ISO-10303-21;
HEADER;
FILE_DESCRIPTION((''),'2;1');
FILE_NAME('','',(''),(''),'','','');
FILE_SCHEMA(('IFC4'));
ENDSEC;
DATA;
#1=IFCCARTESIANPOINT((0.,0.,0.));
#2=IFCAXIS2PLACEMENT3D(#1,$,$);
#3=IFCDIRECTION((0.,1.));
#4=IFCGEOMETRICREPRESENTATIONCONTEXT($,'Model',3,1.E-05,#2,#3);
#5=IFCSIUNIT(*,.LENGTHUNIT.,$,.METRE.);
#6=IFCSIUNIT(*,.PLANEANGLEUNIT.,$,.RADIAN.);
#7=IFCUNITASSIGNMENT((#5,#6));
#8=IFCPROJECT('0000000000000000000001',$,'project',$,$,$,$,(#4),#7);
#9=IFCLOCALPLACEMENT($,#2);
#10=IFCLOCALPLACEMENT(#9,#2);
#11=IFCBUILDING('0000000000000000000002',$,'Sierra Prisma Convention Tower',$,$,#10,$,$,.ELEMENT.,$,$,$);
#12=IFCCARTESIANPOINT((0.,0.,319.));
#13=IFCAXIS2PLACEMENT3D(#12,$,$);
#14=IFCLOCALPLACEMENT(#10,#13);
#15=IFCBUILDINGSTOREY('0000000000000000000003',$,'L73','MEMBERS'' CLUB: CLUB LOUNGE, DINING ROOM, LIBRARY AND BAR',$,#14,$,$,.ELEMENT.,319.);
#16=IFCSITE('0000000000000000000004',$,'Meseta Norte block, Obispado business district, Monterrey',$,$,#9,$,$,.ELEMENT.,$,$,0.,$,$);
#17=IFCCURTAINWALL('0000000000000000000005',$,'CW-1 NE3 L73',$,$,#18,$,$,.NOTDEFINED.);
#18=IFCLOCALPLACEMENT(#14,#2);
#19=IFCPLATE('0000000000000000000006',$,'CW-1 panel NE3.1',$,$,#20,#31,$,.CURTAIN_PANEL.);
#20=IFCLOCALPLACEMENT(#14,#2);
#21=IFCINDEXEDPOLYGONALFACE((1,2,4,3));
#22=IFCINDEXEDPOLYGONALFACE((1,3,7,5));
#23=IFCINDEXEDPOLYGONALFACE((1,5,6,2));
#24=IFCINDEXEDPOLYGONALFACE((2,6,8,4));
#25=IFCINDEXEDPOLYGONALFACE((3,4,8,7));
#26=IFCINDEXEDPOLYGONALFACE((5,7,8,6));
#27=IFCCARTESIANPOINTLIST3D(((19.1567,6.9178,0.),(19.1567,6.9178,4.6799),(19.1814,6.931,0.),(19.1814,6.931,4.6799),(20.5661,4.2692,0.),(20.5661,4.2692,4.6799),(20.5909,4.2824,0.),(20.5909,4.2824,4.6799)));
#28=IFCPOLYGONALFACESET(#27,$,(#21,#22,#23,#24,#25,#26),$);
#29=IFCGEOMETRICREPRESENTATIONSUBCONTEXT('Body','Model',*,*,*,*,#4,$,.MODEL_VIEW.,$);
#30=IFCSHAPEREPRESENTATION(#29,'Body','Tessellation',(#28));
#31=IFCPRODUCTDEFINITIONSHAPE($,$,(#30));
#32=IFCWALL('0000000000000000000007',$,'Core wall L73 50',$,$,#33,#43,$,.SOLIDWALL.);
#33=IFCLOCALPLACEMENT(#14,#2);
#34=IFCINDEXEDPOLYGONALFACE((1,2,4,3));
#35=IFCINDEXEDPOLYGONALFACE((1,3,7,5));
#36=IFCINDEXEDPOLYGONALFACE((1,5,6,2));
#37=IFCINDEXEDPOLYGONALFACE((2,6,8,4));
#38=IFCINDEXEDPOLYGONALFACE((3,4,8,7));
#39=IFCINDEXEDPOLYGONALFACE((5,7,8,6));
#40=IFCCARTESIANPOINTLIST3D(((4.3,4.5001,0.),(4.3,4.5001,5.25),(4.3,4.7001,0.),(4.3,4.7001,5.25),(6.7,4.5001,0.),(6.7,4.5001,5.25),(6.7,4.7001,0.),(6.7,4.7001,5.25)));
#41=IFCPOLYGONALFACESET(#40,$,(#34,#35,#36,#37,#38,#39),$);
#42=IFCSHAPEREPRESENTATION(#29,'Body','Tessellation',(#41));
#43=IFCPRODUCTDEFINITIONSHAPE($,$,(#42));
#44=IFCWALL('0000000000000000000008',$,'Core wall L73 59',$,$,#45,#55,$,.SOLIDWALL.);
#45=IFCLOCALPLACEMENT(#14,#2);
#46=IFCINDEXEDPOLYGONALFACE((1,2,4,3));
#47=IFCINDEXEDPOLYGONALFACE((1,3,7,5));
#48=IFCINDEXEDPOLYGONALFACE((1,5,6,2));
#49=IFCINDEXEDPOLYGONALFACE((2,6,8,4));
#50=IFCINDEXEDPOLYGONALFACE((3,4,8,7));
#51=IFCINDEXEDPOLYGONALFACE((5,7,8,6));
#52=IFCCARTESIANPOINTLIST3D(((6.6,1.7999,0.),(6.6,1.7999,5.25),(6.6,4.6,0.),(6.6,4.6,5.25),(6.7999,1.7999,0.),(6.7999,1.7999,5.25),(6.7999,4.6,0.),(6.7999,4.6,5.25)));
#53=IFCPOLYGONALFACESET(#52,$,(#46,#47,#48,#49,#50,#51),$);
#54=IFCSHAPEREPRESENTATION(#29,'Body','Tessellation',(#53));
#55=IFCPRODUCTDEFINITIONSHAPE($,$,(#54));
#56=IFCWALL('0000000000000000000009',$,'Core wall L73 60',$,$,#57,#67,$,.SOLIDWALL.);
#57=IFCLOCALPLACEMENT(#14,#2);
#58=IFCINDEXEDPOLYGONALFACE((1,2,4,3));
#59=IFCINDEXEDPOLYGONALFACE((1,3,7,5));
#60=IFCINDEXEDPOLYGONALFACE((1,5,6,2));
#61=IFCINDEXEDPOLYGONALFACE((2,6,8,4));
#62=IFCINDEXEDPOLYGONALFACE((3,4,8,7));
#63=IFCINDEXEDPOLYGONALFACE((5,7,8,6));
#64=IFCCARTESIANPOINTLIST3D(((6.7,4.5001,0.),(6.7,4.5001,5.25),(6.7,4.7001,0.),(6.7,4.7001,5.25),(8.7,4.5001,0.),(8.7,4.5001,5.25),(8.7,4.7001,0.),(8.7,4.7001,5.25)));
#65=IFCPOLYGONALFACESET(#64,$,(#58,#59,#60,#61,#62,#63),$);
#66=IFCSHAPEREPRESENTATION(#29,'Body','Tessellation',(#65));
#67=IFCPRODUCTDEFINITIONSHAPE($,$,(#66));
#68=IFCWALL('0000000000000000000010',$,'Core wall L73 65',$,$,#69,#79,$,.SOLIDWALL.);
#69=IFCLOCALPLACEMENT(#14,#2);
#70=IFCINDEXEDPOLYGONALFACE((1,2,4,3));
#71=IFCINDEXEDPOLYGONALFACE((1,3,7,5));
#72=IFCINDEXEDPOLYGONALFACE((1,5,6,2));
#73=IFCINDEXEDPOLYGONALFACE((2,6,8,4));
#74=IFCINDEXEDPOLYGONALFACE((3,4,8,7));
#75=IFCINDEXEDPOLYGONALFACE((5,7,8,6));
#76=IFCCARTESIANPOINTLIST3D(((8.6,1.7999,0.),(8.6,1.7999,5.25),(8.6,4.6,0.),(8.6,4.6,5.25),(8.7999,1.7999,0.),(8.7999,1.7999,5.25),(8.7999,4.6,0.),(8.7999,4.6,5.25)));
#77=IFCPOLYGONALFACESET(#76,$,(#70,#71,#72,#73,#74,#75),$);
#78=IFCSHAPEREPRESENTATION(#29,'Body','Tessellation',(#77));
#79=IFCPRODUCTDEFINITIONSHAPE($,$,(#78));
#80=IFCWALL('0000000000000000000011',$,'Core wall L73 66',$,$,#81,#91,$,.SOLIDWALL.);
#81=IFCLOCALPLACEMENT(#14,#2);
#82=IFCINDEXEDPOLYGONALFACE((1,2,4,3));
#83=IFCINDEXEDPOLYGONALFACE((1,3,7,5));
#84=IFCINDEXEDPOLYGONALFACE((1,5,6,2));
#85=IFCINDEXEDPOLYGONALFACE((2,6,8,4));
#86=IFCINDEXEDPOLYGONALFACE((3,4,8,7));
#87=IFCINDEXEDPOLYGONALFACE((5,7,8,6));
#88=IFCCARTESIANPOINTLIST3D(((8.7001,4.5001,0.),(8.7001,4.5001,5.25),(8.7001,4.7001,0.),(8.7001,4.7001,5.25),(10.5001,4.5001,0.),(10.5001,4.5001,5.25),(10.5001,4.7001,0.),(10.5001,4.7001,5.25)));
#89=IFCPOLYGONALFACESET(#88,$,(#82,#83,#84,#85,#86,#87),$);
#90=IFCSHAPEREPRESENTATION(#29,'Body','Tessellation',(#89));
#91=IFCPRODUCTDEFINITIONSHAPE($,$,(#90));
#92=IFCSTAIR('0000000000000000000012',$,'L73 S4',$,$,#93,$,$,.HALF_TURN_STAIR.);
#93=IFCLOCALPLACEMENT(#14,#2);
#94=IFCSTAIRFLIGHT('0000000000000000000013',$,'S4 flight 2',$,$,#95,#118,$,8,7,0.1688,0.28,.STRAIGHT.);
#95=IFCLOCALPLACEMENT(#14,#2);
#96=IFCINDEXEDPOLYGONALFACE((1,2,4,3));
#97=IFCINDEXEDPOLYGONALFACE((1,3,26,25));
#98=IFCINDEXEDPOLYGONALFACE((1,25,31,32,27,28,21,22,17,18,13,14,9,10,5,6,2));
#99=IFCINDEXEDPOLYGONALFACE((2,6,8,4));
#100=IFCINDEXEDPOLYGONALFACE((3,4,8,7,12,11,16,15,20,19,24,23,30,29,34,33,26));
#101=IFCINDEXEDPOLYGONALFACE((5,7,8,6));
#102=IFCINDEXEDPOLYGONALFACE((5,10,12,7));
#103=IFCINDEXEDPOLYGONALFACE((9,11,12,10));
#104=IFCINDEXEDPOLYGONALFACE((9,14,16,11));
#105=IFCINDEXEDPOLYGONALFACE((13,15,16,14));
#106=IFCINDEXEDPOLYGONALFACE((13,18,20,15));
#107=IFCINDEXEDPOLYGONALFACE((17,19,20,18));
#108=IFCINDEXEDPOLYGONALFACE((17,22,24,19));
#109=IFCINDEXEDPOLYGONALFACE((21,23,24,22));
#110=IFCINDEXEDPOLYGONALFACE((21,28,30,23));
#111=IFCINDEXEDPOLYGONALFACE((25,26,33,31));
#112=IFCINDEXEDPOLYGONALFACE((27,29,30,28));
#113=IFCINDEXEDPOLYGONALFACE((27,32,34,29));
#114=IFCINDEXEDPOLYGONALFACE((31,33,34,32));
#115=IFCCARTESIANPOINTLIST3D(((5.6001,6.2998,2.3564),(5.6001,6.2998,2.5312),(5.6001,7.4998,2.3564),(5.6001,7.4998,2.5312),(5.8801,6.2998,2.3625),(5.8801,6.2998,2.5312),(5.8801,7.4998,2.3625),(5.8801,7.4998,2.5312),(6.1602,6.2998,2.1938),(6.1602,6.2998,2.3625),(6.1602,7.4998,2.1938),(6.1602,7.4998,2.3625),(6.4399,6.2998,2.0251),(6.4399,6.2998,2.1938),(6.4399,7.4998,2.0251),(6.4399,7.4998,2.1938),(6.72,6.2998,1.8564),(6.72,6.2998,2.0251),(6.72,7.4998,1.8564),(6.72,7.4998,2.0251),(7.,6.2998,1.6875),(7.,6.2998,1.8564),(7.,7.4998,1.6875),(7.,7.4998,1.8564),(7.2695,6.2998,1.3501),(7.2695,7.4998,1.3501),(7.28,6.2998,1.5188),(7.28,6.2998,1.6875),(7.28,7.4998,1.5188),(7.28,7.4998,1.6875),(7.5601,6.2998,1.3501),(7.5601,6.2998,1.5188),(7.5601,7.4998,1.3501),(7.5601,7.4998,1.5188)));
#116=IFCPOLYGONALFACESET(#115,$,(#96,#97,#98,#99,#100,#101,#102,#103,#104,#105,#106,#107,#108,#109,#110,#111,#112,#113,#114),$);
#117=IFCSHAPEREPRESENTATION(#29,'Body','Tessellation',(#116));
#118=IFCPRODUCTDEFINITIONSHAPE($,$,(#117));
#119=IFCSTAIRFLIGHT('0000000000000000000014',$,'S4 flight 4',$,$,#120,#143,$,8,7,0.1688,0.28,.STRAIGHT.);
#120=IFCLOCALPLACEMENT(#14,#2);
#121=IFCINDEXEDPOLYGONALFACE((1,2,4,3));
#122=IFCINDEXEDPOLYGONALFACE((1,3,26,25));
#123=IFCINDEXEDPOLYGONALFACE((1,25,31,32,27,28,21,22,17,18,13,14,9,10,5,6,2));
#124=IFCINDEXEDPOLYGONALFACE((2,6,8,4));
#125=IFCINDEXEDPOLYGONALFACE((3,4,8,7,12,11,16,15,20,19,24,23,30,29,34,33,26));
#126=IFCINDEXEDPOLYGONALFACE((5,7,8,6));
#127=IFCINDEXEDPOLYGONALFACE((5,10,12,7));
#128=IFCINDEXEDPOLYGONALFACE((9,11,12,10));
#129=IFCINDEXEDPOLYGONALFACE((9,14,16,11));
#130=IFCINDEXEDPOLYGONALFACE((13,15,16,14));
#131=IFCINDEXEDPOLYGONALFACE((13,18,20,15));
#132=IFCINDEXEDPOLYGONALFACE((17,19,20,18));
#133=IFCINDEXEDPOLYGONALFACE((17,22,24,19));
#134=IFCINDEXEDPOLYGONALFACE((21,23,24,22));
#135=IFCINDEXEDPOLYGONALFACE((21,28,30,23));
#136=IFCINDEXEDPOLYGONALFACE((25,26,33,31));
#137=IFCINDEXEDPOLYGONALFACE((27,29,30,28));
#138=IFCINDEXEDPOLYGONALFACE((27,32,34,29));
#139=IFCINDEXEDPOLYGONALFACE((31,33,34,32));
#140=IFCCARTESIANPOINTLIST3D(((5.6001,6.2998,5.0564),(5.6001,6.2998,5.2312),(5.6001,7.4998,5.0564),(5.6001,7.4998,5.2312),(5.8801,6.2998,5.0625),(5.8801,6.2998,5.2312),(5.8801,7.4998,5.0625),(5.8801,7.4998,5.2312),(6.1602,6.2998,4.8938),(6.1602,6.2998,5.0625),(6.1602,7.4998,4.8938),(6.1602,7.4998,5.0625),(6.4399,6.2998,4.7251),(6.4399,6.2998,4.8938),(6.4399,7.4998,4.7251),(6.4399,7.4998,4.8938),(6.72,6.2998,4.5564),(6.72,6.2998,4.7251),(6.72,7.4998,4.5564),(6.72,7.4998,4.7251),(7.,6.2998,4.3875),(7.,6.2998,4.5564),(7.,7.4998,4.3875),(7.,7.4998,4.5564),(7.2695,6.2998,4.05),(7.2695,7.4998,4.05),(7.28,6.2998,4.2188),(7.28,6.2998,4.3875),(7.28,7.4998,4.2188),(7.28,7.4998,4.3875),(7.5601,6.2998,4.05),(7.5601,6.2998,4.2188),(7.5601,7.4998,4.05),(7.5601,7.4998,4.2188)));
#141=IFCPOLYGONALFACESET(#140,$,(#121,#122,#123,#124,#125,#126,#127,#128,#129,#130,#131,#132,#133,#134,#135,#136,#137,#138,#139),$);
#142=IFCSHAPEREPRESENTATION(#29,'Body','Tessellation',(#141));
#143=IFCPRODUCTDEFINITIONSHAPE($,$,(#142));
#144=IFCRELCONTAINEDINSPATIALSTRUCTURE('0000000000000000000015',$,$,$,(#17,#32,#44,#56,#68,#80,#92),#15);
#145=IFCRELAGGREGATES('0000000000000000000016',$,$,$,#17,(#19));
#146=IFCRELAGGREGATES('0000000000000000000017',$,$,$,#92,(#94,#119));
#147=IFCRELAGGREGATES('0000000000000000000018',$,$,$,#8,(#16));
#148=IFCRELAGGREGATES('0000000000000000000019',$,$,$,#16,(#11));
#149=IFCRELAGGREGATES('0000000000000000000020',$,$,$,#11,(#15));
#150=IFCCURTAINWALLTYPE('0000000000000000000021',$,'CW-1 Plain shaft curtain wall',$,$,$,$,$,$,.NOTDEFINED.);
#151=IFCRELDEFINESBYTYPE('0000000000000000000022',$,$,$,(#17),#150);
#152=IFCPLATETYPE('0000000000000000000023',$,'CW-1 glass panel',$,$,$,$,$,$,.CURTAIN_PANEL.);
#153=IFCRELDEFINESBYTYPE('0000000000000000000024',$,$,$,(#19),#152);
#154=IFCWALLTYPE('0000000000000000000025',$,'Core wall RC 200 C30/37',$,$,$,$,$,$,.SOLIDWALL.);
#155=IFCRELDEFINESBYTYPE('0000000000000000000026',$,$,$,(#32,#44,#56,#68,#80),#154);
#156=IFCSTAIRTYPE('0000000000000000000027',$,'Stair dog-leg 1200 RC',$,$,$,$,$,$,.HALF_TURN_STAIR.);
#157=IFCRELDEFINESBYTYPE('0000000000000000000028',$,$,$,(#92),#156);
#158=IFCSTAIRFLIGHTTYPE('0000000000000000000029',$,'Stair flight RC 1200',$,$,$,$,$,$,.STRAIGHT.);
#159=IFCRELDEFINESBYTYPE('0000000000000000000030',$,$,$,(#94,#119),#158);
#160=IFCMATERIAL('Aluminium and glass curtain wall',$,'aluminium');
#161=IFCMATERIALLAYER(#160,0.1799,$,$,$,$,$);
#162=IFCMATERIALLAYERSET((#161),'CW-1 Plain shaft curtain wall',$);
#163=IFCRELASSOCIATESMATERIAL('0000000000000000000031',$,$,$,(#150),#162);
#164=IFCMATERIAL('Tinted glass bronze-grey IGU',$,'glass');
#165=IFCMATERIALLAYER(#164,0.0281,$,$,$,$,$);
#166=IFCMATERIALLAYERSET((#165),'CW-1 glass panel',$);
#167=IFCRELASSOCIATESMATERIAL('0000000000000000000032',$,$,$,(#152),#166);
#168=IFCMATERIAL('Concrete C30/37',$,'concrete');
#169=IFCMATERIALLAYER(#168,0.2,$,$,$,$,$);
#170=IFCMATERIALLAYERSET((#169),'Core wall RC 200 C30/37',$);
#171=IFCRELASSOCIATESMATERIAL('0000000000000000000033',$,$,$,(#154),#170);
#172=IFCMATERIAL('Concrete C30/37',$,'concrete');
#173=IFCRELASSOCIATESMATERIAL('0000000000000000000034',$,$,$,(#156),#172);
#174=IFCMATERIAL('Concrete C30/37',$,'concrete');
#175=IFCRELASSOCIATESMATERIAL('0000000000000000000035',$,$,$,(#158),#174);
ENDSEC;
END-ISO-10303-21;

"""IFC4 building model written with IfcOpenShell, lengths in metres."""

from ifc_helpers import new_model, si_unit, direction, frame, frame_2d, origin, origin_2d, place, context, subcontext, project, spatial, polyline, rectangle, outline, extrude, material, layer, layer_set, type_object, element, aggregate, save


model = new_model("IFC4")

# Units and contexts
model_context = context("Model", 3, precision=1e-05, world=origin(), true_north=direction((0.0, 1.0)))
body_context = subcontext(model_context, "Body", "Model", "MODEL_VIEW")
ifc_project = project(units=[si_unit("LENGTHUNIT", "METRE"), si_unit("PLANEANGLEUNIT", "RADIAN")], contexts=[model_context])

# Site, building, storey
site_placement = place(None, origin())
site = spatial("IfcSite", under=ifc_project, at=site_placement, Name="Meseta Norte block, Obispado business district, Monterrey", CompositionType="ELEMENT", RefElevation=0.0)
building_placement = place(site_placement, origin())
building = spatial("IfcBuilding", under=site, at=building_placement, Name="Sierra Prisma Convention Tower", CompositionType="ELEMENT")
storey_placement = place(building_placement, frame((0.0, 0.0, 319.0)))
storey = spatial("IfcBuildingStorey", under=building, at=storey_placement, Name="L73", Description="MEMBERS' CLUB: CLUB LOUNGE, DINING ROOM, LIBRARY AND BAR", CompositionType="ELEMENT", Elevation=319.0)

# Shared definitions
ifc_material_1 = material(Name="Aluminium and glass curtain wall", Category="aluminium")
ifc_layer_1 = layer(ifc_material_1, 0.1799)
ifc_layer_set_1 = layer_set([ifc_layer_1], Name="CW-1 Plain shaft curtain wall")
curtain_wall_type = type_object("IfcCurtainWallType", Name="CW-1 Plain shaft curtain wall", PredefinedType="NOTDEFINED", material=ifc_layer_set_1)

# Curtain wall
curtain_wall_1_placement = place(storey_placement, origin())
curtain_wall_1 = element("IfcCurtainWall", 1, at=curtain_wall_1_placement, inside=storey, type_object=curtain_wall_type, Name="CW-1 NE3 L73", PredefinedType="NOTDEFINED")

# Plate
ifc_material_2 = material(Name="Tinted glass bronze-grey IGU", Category="glass")
ifc_layer_2 = layer(ifc_material_2, 0.0281)
ifc_layer_set_2 = layer_set([ifc_layer_2], Name="CW-1 glass panel")
plate_type = type_object("IfcPlateType", Name="CW-1 glass panel", PredefinedType="CURTAIN_PANEL", material=ifc_layer_set_2)
plate_1_placement = place(storey_placement, frame((19.8738, 5.6001, 0.0), z_axis=(0.0, 0.0, 1.0), x_axis=(-0.46978, 0.882784, 0.0)))
plate_1 = element("IfcPlate", 2, at=plate_1_placement, type_object=plate_type, Name="CW-1 panel NE3.1", PredefinedType="CURTAIN_PANEL", context=body_context, shape_type="SweptSolid", body=[
    extrude(rectangle(XDim=3.0002, YDim=0.0281, at=origin_2d()), origin(), (0.0, 0.0, 1.0), 4.6799),
])
aggregate(curtain_wall_1, [plate_1])

# Wall
ifc_material_3 = material(Name="Concrete C30/37", Category="concrete")
ifc_layer_3 = layer(ifc_material_3, 0.2)
ifc_layer_set_3 = layer_set([ifc_layer_3], Name="Core wall RC 200 C30/37")
wall_type = type_object("IfcWallType", Name="Core wall RC 200 C30/37", PredefinedType="SOLIDWALL", material=ifc_layer_set_3)
wall_1_placement = place(storey_placement, frame((6.7, 4.6001, 0.0), z_axis=(0.0, 0.0, 1.0), x_axis=(-1.0, 0.0, 0.0)))
element("IfcWall", 3, at=wall_1_placement, inside=storey, type_object=wall_type, Name="Core wall L73 50", PredefinedType="SOLIDWALL", context=body_context, shape_type="SweptSolid", body=[
    extrude(rectangle(XDim=2.3999, YDim=0.2, at=frame_2d((1.2, 0.0))), origin(), (0.0, 0.0, 1.0), 5.25),
])

# Walls
wall_2_placement = place(storey_placement, frame((6.7, 1.8, 0.0), z_axis=(0.0, 0.0, 1.0), x_axis=(0.0, 1.0, 0.0)))
element("IfcWall", 4, at=wall_2_placement, inside=storey, type_object=wall_type, Name="Core wall L73 59", PredefinedType="SOLIDWALL", context=body_context, shape_type="SweptSolid", body=[
    extrude(rectangle(XDim=2.8, YDim=0.2, at=frame_2d((1.3999, 0.0))), origin(), (0.0, 0.0, 1.0), 5.25),
])
wall_3_placement = place(storey_placement, frame((8.7, 4.6001, 0.0), z_axis=(0.0, 0.0, 1.0), x_axis=(-1.0, 0.0, 0.0)))
element("IfcWall", 5, at=wall_3_placement, inside=storey, type_object=wall_type, Name="Core wall L73 60", PredefinedType="SOLIDWALL", context=body_context, shape_type="SweptSolid", body=[
    extrude(rectangle(XDim=2.0, YDim=0.2, at=frame_2d((1.0, 0.0))), origin(), (0.0, 0.0, 1.0), 5.25),
])

# Walls
wall_4_placement = place(storey_placement, frame((8.7, 1.8, 0.0), z_axis=(0.0, 0.0, 1.0), x_axis=(0.0, 1.0, 0.0)))
element("IfcWall", 6, at=wall_4_placement, inside=storey, type_object=wall_type, Name="Core wall L73 65", PredefinedType="SOLIDWALL", context=body_context, shape_type="SweptSolid", body=[
    extrude(rectangle(XDim=2.8, YDim=0.2, at=frame_2d((1.3999, 0.0))), origin(), (0.0, 0.0, 1.0), 5.25),
])
wall_5_placement = place(storey_placement, frame((10.5, 4.6001, 0.0), z_axis=(0.0, 0.0, 1.0), x_axis=(-1.0, 0.0, 0.0)))
element("IfcWall", 7, at=wall_5_placement, inside=storey, type_object=wall_type, Name="Core wall L73 66", PredefinedType="SOLIDWALL", context=body_context, shape_type="SweptSolid", body=[
    extrude(rectangle(XDim=1.8, YDim=0.2, at=frame_2d((0.8999, 0.0))), origin(), (0.0, 0.0, 1.0), 5.25),
])

# Stair, stair flights
ifc_material_4 = material(Name="Concrete C30/37", Category="concrete")
stair_type = type_object("IfcStairType", Name="Stair dog-leg 1200 RC", PredefinedType="HALF_TURN_STAIR", material=ifc_material_4)
stair_placement = place(storey_placement, origin())
stair = element("IfcStair", 8, at=stair_placement, inside=storey, type_object=stair_type, Name="L73 S4", PredefinedType="HALF_TURN_STAIR")
ifc_material_5 = material(Name="Concrete C30/37", Category="concrete")
stair_flight_type = type_object("IfcStairFlightType", Name="Stair flight RC 1200", PredefinedType="STRAIGHT", material=ifc_material_5)
stair_flight_1_placement = place(storey_placement, frame((7.5601, 6.8999, 1.3501), z_axis=(0.0, 0.0, 1.0), x_axis=(-1.0, 0.0, 0.0)))
stair_flight_1 = element("IfcStairFlight", 9, at=stair_flight_1_placement, type_object=stair_flight_type, Name="S4 flight 2", NumberOfRisers=8, NumberOfTreads=7, PredefinedType="STRAIGHT", RiserHeight=0.1688, TreadLength=0.28, context=body_context, shape_type="SweptSolid", body=[
    extrude(outline(polyline([(0.0, 0.0), (0.0, 0.1687), (0.28, 0.1687), (0.28, 0.3374), (0.5601, 0.3374), (0.5601, 0.5063), (0.8401, 0.5063), (0.8401, 0.675), (1.1201, 0.675), (1.1201, 0.8438), (1.3999, 0.8438), (1.3999, 1.0125), (1.6799, 1.0125), (1.6799, 1.1812), (1.96, 1.1812), (1.96, 1.3501), (1.96, 1.0063), (0.2905, 0.0), (0.0, 0.0)])), frame((0.0, 0.6001, 0.0), z_axis=(0.0, -1.0, 0.0), x_axis=(1.0, 0.0, 0.0)), (0.0, 0.0, 1.0), 1.2),
])
stair_flight_2_placement = place(storey_placement, frame((7.5601, 6.8999, 4.05), z_axis=(0.0, 0.0, 1.0), x_axis=(-1.0, 0.0, 0.0)))
stair_flight_2 = element("IfcStairFlight", 10, at=stair_flight_2_placement, type_object=stair_flight_type, Name="S4 flight 4", NumberOfRisers=8, NumberOfTreads=7, PredefinedType="STRAIGHT", RiserHeight=0.1688, TreadLength=0.28, context=body_context, shape_type="SweptSolid", body=[
    extrude(outline(polyline([(0.0, 0.0), (0.0, 0.1687), (0.28, 0.1687), (0.28, 0.3374), (0.5601, 0.3374), (0.5601, 0.5063), (0.8401, 0.5063), (0.8401, 0.675), (1.1201, 0.675), (1.1201, 0.8438), (1.3999, 0.8438), (1.3999, 1.0125), (1.6799, 1.0125), (1.6799, 1.1812), (1.96, 1.1812), (1.96, 1.3501), (1.96, 1.0063), (0.2905, 0.0), (0.0, 0.0)])), frame((0.0, 0.6001, 0.0), z_axis=(0.0, -1.0, 0.0), x_axis=(1.0, 0.0, 0.0)), (0.0, 0.0, 1.0), 1.2),
])
aggregate(stair, [stair_flight_1, stair_flight_2])

save(model, "model.ifc")
